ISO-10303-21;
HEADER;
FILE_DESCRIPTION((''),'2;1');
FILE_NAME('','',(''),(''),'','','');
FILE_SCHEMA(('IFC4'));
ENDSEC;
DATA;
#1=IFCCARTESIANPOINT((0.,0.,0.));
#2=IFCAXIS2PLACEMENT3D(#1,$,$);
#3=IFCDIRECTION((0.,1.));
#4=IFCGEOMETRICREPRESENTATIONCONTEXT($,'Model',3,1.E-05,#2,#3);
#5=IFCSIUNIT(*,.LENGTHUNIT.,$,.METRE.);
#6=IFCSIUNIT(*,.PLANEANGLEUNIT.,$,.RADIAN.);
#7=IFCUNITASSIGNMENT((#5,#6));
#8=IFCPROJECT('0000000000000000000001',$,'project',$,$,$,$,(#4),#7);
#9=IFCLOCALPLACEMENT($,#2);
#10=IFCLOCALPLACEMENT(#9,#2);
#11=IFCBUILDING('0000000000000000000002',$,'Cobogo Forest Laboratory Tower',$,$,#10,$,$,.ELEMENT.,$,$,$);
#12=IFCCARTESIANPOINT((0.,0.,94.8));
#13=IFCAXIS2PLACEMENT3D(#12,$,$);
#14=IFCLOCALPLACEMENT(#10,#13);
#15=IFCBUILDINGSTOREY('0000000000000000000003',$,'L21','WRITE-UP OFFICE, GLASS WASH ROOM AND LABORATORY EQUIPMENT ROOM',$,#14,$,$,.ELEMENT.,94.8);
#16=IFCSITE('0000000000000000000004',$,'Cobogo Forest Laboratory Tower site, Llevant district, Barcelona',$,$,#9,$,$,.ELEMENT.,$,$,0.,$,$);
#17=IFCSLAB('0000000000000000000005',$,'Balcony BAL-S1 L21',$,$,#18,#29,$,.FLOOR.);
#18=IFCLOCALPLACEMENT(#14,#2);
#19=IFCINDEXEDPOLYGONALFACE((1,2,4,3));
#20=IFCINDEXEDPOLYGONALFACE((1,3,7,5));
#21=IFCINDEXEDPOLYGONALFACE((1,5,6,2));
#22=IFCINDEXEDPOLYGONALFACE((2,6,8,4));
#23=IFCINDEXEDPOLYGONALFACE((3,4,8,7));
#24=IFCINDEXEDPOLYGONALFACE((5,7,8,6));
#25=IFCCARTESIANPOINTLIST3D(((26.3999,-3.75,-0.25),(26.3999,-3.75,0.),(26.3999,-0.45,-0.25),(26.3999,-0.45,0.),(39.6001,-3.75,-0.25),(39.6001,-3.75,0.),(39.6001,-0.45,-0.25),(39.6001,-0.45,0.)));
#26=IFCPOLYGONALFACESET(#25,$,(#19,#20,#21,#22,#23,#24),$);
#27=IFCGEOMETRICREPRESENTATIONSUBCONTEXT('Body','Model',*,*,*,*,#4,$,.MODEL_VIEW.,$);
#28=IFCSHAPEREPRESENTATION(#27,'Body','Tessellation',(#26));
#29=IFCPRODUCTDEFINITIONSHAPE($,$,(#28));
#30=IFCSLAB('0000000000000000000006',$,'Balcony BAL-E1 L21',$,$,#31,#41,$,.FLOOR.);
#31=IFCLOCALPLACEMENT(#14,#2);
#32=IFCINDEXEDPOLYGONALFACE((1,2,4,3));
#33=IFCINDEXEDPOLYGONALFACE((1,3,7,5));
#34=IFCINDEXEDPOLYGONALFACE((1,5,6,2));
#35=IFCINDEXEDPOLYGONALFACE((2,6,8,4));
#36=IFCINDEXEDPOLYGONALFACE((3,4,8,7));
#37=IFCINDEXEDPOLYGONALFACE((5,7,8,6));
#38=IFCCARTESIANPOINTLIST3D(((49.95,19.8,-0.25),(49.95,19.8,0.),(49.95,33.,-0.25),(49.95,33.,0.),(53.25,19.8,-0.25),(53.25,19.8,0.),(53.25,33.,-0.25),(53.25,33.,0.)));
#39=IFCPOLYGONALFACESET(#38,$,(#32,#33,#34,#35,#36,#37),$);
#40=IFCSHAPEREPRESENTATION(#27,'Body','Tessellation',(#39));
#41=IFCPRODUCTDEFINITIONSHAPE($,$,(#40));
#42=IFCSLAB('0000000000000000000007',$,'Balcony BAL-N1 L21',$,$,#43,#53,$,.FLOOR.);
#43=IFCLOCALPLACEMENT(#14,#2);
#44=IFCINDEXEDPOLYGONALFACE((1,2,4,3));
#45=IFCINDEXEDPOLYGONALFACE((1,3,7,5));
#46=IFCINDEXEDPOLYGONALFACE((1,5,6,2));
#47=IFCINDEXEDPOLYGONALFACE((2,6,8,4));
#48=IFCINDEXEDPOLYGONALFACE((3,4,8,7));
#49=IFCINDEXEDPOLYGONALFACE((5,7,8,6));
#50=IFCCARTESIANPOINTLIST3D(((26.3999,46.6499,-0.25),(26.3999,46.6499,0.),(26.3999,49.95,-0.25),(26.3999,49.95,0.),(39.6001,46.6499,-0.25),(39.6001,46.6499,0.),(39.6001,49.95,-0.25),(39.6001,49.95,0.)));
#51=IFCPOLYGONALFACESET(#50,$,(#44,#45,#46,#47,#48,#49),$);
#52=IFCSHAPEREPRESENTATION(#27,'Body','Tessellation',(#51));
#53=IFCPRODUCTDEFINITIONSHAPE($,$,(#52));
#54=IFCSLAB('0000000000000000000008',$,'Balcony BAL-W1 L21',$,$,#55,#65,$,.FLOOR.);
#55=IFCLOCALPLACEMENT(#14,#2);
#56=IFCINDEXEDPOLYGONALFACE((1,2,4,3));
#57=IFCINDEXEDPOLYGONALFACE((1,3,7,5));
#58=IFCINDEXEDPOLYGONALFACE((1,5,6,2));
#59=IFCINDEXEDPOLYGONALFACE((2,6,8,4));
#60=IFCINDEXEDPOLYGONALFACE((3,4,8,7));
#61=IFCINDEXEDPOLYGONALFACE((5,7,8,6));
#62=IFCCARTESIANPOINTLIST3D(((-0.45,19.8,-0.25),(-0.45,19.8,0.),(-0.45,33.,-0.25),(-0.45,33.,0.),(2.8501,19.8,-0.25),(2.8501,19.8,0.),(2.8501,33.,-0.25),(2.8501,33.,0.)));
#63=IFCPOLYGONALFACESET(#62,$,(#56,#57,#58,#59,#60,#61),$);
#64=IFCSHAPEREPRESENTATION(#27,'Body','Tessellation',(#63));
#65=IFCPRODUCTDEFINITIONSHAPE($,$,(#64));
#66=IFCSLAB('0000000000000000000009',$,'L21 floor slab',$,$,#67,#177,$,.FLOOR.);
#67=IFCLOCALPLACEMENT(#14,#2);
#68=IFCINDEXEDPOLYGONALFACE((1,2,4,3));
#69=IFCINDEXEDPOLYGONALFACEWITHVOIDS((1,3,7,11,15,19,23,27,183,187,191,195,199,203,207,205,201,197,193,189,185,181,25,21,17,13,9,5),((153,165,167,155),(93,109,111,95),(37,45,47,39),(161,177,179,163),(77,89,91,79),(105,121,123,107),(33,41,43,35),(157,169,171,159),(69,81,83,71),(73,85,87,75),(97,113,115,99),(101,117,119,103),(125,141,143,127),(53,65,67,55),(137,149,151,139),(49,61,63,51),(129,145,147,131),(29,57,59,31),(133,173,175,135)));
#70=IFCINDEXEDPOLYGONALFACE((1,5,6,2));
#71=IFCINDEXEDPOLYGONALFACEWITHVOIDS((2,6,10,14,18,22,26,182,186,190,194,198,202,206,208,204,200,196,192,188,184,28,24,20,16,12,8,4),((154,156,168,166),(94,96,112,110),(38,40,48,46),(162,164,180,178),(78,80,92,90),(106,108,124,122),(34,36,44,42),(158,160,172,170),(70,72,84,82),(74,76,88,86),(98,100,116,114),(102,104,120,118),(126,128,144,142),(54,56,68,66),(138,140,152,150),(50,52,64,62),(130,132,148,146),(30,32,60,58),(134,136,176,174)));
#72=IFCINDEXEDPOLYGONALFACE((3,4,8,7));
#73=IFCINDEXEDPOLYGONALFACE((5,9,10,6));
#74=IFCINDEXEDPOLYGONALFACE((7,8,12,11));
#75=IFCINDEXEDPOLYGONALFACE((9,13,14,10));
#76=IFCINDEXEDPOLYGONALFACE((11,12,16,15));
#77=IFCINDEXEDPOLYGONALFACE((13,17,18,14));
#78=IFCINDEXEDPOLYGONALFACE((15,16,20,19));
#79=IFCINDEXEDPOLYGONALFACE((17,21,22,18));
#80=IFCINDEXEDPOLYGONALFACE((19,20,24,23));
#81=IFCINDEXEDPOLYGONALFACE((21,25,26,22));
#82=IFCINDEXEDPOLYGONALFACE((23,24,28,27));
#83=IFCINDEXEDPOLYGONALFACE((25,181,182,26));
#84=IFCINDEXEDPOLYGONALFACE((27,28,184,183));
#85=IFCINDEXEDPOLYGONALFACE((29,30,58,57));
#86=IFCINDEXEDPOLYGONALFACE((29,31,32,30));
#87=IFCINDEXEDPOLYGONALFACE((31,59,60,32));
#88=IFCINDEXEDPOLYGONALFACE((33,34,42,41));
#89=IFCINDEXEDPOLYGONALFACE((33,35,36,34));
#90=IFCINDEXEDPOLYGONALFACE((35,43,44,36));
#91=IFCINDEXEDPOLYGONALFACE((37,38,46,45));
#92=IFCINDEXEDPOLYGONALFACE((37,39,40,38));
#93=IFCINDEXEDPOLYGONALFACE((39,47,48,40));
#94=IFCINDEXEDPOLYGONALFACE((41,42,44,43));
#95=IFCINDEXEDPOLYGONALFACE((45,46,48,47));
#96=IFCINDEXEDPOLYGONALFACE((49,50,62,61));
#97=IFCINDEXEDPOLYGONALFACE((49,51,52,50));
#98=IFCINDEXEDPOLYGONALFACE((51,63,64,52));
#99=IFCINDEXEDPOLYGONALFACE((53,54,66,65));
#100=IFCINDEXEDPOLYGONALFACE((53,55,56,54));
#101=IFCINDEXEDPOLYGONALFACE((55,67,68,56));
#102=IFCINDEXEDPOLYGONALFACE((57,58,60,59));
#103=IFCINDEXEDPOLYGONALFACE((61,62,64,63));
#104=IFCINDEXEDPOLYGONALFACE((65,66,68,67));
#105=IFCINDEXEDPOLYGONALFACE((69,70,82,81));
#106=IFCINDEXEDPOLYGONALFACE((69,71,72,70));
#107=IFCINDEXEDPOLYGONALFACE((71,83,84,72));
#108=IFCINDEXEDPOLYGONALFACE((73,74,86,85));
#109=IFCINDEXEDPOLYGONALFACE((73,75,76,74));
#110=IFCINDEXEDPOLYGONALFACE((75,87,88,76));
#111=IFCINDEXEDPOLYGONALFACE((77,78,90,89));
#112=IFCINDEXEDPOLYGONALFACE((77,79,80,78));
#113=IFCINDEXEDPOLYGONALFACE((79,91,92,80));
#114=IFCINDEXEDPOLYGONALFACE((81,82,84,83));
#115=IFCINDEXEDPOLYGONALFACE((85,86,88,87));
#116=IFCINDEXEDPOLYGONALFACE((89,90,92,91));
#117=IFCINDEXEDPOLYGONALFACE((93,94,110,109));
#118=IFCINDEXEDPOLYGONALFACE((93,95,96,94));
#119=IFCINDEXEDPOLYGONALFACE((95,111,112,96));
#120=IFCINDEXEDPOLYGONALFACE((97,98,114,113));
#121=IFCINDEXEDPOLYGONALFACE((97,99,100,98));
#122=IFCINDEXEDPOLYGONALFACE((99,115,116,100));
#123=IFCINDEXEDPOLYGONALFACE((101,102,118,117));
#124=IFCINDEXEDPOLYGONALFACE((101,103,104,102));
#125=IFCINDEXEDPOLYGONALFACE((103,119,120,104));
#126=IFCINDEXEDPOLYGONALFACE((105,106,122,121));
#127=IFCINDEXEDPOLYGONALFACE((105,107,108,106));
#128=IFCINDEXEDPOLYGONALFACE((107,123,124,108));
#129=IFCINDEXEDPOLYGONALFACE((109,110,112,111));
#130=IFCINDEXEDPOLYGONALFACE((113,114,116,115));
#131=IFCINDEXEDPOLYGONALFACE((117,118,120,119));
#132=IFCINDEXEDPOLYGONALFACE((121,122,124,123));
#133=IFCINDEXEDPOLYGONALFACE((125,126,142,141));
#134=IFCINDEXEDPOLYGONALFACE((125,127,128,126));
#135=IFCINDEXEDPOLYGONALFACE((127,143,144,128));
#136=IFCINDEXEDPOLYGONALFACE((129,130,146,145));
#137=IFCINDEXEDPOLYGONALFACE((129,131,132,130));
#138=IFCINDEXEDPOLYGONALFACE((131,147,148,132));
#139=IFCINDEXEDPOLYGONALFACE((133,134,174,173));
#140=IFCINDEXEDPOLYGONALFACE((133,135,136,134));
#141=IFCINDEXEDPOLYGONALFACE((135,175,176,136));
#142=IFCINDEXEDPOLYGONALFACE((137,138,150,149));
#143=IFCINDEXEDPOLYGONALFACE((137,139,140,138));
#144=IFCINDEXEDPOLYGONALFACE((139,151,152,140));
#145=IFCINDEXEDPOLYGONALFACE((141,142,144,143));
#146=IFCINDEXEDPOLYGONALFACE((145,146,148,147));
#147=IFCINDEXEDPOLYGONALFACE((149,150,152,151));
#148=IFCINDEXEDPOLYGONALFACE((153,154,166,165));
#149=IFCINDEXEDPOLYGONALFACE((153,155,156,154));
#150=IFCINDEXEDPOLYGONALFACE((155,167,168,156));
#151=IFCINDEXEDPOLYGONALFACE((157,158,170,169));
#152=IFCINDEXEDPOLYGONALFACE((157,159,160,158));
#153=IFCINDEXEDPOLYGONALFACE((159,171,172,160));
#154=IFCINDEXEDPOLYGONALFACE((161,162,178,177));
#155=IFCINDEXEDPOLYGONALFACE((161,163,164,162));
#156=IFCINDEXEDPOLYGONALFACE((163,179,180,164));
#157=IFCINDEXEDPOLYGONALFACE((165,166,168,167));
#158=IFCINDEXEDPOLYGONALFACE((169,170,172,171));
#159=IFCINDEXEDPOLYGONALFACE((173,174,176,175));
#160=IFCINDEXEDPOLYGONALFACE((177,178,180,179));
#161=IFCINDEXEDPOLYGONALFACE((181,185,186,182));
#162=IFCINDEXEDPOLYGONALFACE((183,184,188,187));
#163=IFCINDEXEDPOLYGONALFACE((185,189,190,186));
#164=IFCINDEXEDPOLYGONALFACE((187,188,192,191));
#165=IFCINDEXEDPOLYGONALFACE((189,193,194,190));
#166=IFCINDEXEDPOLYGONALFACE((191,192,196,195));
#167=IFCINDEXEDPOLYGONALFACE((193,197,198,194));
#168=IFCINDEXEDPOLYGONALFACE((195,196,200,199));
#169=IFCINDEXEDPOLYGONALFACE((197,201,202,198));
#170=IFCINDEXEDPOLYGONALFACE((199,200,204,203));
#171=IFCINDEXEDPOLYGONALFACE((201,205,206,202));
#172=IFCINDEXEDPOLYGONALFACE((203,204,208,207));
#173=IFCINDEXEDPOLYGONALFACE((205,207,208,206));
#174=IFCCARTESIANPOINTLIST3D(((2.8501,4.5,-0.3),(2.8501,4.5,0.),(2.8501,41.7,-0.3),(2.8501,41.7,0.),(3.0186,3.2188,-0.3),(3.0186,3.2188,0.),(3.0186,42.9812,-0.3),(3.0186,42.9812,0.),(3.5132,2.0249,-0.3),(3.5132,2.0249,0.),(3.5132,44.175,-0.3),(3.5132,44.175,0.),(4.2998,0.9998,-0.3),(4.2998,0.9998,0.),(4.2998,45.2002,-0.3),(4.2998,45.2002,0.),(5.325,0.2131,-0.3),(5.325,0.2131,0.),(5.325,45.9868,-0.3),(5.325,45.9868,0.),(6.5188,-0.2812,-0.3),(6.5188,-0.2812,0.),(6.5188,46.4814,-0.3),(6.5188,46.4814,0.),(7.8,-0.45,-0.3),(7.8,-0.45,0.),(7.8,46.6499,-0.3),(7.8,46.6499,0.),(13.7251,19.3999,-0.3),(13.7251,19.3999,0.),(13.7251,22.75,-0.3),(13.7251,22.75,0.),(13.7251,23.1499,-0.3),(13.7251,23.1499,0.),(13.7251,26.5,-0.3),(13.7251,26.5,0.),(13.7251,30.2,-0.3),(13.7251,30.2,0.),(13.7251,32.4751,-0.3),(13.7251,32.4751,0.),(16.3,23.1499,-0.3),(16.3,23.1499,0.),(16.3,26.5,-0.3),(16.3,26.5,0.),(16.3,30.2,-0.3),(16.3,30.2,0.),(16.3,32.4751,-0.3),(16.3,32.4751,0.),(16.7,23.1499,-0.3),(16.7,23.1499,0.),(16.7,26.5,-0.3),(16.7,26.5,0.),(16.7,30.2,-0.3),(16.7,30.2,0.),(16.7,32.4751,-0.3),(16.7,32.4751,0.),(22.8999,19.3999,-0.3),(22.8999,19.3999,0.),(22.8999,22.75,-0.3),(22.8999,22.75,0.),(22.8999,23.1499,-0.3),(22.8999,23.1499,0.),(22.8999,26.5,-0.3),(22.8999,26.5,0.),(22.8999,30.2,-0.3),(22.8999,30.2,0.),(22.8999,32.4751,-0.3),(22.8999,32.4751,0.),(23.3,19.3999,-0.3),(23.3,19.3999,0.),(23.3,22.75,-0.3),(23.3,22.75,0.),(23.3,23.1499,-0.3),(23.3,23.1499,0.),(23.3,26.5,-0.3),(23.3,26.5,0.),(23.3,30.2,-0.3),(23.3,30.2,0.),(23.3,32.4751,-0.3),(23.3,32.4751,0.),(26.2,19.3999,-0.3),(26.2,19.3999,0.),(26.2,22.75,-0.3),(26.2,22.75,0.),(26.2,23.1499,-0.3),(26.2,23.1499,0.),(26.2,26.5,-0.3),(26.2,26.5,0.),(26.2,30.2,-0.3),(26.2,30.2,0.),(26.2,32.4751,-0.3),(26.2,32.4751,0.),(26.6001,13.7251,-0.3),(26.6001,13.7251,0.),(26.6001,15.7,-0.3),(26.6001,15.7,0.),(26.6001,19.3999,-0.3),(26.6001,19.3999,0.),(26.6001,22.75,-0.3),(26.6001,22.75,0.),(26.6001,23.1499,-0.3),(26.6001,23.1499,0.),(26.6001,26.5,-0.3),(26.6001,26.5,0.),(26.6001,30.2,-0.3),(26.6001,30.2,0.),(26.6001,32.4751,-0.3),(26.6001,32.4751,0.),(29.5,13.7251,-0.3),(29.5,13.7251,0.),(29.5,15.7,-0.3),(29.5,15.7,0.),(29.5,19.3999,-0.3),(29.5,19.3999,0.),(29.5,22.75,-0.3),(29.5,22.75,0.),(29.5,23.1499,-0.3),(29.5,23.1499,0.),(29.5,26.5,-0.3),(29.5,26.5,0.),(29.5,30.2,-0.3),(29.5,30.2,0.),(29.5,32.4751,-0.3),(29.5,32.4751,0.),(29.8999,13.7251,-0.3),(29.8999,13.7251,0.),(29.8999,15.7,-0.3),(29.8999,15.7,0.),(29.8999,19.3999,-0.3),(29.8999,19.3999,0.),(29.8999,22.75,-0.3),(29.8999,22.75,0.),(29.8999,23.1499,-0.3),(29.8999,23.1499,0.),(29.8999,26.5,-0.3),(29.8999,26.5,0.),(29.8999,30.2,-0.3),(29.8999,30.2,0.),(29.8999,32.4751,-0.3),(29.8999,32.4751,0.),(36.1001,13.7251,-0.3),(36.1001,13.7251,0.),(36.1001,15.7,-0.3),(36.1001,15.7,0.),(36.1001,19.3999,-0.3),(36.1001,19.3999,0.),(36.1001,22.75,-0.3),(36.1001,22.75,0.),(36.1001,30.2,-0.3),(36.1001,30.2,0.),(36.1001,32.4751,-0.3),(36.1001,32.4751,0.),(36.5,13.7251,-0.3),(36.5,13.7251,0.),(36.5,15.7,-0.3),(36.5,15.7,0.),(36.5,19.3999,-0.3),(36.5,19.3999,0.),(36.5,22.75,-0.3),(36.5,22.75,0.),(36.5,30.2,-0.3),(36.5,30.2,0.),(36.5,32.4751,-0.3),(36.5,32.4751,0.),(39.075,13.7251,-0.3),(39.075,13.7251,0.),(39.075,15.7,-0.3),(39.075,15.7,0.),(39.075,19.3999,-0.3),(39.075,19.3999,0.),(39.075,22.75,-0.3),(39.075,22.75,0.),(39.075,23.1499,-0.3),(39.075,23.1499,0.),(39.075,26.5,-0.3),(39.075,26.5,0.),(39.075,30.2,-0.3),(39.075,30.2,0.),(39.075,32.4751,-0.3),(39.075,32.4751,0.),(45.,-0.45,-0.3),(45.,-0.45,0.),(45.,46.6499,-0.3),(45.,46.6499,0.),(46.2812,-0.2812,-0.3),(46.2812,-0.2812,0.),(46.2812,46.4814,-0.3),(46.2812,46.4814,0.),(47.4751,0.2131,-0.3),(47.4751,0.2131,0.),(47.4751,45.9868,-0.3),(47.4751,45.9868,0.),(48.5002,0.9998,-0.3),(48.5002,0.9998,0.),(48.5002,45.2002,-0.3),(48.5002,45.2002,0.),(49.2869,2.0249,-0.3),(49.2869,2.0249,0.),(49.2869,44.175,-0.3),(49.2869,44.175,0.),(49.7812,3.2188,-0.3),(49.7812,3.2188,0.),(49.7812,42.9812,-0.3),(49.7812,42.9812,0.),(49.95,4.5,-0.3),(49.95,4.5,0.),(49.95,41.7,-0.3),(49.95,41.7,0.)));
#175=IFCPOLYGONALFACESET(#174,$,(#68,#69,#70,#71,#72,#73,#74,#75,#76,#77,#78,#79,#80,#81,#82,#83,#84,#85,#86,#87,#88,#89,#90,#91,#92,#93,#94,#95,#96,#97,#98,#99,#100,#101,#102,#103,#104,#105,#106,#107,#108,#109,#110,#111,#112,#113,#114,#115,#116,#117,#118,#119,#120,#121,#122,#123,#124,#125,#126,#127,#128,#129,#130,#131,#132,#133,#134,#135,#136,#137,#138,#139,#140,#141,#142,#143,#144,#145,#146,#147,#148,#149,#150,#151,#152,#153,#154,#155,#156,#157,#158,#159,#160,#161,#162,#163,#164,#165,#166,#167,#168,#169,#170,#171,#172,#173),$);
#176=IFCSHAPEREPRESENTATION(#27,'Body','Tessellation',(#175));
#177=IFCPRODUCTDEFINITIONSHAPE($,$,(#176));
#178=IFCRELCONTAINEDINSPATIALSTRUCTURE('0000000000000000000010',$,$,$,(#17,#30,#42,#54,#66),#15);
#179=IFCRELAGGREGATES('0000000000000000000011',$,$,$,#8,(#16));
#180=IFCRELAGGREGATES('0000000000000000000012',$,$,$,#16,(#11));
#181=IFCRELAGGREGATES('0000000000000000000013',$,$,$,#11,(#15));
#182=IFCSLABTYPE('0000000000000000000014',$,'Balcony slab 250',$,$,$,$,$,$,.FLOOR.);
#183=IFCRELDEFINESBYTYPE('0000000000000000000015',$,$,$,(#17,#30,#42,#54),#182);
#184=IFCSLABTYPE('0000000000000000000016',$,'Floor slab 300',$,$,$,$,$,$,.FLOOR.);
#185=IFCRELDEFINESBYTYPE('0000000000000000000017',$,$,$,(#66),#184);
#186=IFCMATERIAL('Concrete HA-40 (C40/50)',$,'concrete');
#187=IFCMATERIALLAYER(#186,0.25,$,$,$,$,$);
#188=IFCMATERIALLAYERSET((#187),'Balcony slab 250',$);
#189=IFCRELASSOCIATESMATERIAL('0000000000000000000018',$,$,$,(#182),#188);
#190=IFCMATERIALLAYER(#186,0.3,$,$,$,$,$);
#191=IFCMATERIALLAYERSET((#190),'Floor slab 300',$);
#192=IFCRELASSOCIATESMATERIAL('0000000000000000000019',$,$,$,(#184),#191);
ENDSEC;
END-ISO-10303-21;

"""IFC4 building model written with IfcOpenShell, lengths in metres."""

from ifc_helpers import new_model, si_unit, direction, frame, origin, place, context, subcontext, project, spatial, polyline, outline, extrude, material, layer, layer_set, type_object, element, save


model = new_model("IFC4")

# Units and contexts
model_context = context("Model", 3, precision=1e-05, world=origin(), true_north=direction((0.0, 1.0)))
body_context = subcontext(model_context, "Body", "Model", "MODEL_VIEW")
ifc_project = project(units=[si_unit("LENGTHUNIT", "METRE"), si_unit("PLANEANGLEUNIT", "RADIAN")], contexts=[model_context])

# Site, building, storey
site_placement = place(None, origin())
site = spatial("IfcSite", under=ifc_project, at=site_placement, Name="Cobogo Forest Laboratory Tower site, Llevant district, Barcelona", CompositionType="ELEMENT", RefElevation=0.0)
building_placement = place(site_placement, origin())
building = spatial("IfcBuilding", under=site, at=building_placement, Name="Cobogo Forest Laboratory Tower", CompositionType="ELEMENT")
storey_placement = place(building_placement, frame((0.0, 0.0, 94.8)))
storey = spatial("IfcBuildingStorey", under=building, at=storey_placement, Name="L21", Description="WRITE-UP OFFICE, GLASS WASH ROOM AND LABORATORY EQUIPMENT ROOM", CompositionType="ELEMENT", Elevation=94.8)

# Slabs
ifc_material_1 = material(Name="Concrete HA-40 (C40/50)", Category="concrete")
ifc_layer_1 = layer(ifc_material_1, 0.25)
ifc_layer_set_1 = layer_set([ifc_layer_1], Name="Balcony slab 250")
slab_type_1 = type_object("IfcSlabType", Name="Balcony slab 250", PredefinedType="FLOOR", material=ifc_layer_set_1)
slab_1_placement = place(storey_placement, frame((0.0, 0.0, -0.25)))
element("IfcSlab", 1, at=slab_1_placement, inside=storey, type_object=slab_type_1, Name="Balcony BAL-S1 L21", PredefinedType="FLOOR", context=body_context, shape_type="SweptSolid", body=[
    extrude(outline(polyline([(26.3999, -3.75), (39.6001, -3.75), (39.6001, -0.45), (26.3999, -0.45), (26.3999, -3.75)])), origin(), (0.0, 0.0, 1.0), 0.25),
])
slab_2_placement = place(storey_placement, frame((0.0, 0.0, -0.25)))
element("IfcSlab", 2, at=slab_2_placement, inside=storey, type_object=slab_type_1, Name="Balcony BAL-E1 L21", PredefinedType="FLOOR", context=body_context, shape_type="SweptSolid", body=[
    extrude(outline(polyline([(49.95, 19.8), (53.25, 19.8), (53.25, 33.0), (49.95, 33.0), (49.95, 19.8)])), origin(), (0.0, 0.0, 1.0), 0.25),
])
slab_3_placement = place(storey_placement, frame((0.0, 0.0, -0.25)))
element("IfcSlab", 3, at=slab_3_placement, inside=storey, type_object=slab_type_1, Name="Balcony BAL-N1 L21", PredefinedType="FLOOR", context=body_context, shape_type="SweptSolid", body=[
    extrude(outline(polyline([(26.3999, 46.6499), (39.6001, 46.6499), (39.6001, 49.95), (26.3999, 49.95), (26.3999, 46.6499)])), origin(), (0.0, 0.0, 1.0), 0.25),
])
slab_4_placement = place(storey_placement, frame((0.0, 0.0, -0.25)))
element("IfcSlab", 4, at=slab_4_placement, inside=storey, type_object=slab_type_1, Name="Balcony BAL-W1 L21", PredefinedType="FLOOR", context=body_context, shape_type="SweptSolid", body=[
    extrude(outline(polyline([(-0.45, 19.8), (2.8501, 19.8), (2.8501, 33.0), (-0.45, 33.0), (-0.45, 19.8)])), origin(), (0.0, 0.0, 1.0), 0.25),
])
ifc_layer_2 = layer(ifc_material_1, 0.3)
ifc_layer_set_2 = layer_set([ifc_layer_2], Name="Floor slab 300")
slab_type_2 = type_object("IfcSlabType", Name="Floor slab 300", PredefinedType="FLOOR", material=ifc_layer_set_2)
slab_5_placement = place(storey_placement, frame((0.0, 0.0, -0.3)))
element("IfcSlab", 5, at=slab_5_placement, inside=storey, type_object=slab_type_2, Name="L21 floor slab", PredefinedType="FLOOR", context=body_context, shape_type="SweptSolid", body=[
    extrude(outline(polyline([(45.0, -0.45), (46.2812, -0.2812), (47.4751, 0.2131), (48.5002, 0.9998), (49.2869, 2.0249), (49.7812, 3.2188), (49.95, 4.5), (49.95, 41.7), (49.7812, 42.9812), (49.2869, 44.175), (48.5002, 45.2002), (47.4751, 45.9868), (46.2812, 46.4814), (45.0, 46.6499), (7.8, 46.6499), (6.5188, 46.4814), (5.325, 45.9868), (4.2998, 45.2002), (3.5132, 44.175), (3.0186, 42.9812), (2.8501, 41.7), (2.8501, 4.5), (3.0186, 3.2188), (3.5132, 2.0249), (4.2998, 0.9998), (5.325, 0.2131), (6.5188, -0.2812), (7.8, -0.45), (45.0, -0.45)]), holes=[polyline([(29.5, 13.7251), (26.6001, 13.7251), (26.6001, 15.7), (29.5, 15.7), (29.5, 13.7251)]), polyline([(36.1001, 15.7), (36.1001, 13.7251), (29.8999, 13.7251), (29.8999, 15.7), (36.1001, 15.7)]), polyline([(36.5, 13.7251), (36.5, 15.7), (39.075, 15.7), (39.075, 13.7251), (36.5, 13.7251)]), polyline([(13.7251, 19.3999), (13.7251, 22.75), (22.8999, 22.75), (22.8999, 19.3999), (13.7251, 19.3999)]), polyline([(23.3, 19.3999), (23.3, 22.75), (26.2, 22.75), (26.2, 19.3999), (23.3, 19.3999)]), polyline([(29.5, 19.3999), (26.6001, 19.3999), (26.6001, 22.75), (29.5, 22.75), (29.5, 19.3999)]), polyline([(36.1001, 22.75), (36.1001, 19.3999), (29.8999, 19.3999), (29.8999, 22.75), (36.1001, 22.75)]), polyline([(39.075, 19.3999), (36.5, 19.3999), (36.5, 22.75), (39.075, 22.75), (39.075, 19.3999)]), polyline([(16.3, 23.1499), (13.7251, 23.1499), (13.7251, 26.5), (16.3, 26.5), (16.3, 23.1499)]), polyline([(22.8999, 26.5), (22.8999, 23.1499), (16.7, 23.1499), (16.7, 26.5), (22.8999, 26.5)]), polyline([(26.2, 23.1499), (23.3, 23.1499), (23.3, 26.5), (26.2, 26.5), (26.2, 23.1499)]), polyline([(26.6001, 23.1499), (26.6001, 26.5), (29.5, 26.5), (29.5, 23.1499), (26.6001, 23.1499)]), polyline([(29.8999, 23.1499), (29.8999, 26.5), (39.075, 26.5), (39.075, 23.1499), (29.8999, 23.1499)]), polyline([(13.7251, 30.2), (13.7251, 32.4751), (16.3, 32.4751), (16.3, 30.2), (13.7251, 30.2)]), polyline([(22.8999, 32.4751), (22.8999, 30.2), (16.7, 30.2), (16.7, 32.4751), (22.8999, 32.4751)]), polyline([(23.3, 30.2), (23.3, 32.4751), (26.2, 32.4751), (26.2, 30.2), (23.3, 30.2)]), polyline([(26.6001, 30.2), (26.6001, 32.4751), (29.5, 32.4751), (29.5, 30.2), (26.6001, 30.2)]), polyline([(36.1001, 32.4751), (36.1001, 30.2), (29.8999, 30.2), (29.8999, 32.4751), (36.1001, 32.4751)]), polyline([(36.5, 30.2), (36.5, 32.4751), (39.075, 32.4751), (39.075, 30.2), (36.5, 30.2)])]), origin(), (0.0, 0.0, 1.0), 0.3),
])

save(model, "model.ifc")
